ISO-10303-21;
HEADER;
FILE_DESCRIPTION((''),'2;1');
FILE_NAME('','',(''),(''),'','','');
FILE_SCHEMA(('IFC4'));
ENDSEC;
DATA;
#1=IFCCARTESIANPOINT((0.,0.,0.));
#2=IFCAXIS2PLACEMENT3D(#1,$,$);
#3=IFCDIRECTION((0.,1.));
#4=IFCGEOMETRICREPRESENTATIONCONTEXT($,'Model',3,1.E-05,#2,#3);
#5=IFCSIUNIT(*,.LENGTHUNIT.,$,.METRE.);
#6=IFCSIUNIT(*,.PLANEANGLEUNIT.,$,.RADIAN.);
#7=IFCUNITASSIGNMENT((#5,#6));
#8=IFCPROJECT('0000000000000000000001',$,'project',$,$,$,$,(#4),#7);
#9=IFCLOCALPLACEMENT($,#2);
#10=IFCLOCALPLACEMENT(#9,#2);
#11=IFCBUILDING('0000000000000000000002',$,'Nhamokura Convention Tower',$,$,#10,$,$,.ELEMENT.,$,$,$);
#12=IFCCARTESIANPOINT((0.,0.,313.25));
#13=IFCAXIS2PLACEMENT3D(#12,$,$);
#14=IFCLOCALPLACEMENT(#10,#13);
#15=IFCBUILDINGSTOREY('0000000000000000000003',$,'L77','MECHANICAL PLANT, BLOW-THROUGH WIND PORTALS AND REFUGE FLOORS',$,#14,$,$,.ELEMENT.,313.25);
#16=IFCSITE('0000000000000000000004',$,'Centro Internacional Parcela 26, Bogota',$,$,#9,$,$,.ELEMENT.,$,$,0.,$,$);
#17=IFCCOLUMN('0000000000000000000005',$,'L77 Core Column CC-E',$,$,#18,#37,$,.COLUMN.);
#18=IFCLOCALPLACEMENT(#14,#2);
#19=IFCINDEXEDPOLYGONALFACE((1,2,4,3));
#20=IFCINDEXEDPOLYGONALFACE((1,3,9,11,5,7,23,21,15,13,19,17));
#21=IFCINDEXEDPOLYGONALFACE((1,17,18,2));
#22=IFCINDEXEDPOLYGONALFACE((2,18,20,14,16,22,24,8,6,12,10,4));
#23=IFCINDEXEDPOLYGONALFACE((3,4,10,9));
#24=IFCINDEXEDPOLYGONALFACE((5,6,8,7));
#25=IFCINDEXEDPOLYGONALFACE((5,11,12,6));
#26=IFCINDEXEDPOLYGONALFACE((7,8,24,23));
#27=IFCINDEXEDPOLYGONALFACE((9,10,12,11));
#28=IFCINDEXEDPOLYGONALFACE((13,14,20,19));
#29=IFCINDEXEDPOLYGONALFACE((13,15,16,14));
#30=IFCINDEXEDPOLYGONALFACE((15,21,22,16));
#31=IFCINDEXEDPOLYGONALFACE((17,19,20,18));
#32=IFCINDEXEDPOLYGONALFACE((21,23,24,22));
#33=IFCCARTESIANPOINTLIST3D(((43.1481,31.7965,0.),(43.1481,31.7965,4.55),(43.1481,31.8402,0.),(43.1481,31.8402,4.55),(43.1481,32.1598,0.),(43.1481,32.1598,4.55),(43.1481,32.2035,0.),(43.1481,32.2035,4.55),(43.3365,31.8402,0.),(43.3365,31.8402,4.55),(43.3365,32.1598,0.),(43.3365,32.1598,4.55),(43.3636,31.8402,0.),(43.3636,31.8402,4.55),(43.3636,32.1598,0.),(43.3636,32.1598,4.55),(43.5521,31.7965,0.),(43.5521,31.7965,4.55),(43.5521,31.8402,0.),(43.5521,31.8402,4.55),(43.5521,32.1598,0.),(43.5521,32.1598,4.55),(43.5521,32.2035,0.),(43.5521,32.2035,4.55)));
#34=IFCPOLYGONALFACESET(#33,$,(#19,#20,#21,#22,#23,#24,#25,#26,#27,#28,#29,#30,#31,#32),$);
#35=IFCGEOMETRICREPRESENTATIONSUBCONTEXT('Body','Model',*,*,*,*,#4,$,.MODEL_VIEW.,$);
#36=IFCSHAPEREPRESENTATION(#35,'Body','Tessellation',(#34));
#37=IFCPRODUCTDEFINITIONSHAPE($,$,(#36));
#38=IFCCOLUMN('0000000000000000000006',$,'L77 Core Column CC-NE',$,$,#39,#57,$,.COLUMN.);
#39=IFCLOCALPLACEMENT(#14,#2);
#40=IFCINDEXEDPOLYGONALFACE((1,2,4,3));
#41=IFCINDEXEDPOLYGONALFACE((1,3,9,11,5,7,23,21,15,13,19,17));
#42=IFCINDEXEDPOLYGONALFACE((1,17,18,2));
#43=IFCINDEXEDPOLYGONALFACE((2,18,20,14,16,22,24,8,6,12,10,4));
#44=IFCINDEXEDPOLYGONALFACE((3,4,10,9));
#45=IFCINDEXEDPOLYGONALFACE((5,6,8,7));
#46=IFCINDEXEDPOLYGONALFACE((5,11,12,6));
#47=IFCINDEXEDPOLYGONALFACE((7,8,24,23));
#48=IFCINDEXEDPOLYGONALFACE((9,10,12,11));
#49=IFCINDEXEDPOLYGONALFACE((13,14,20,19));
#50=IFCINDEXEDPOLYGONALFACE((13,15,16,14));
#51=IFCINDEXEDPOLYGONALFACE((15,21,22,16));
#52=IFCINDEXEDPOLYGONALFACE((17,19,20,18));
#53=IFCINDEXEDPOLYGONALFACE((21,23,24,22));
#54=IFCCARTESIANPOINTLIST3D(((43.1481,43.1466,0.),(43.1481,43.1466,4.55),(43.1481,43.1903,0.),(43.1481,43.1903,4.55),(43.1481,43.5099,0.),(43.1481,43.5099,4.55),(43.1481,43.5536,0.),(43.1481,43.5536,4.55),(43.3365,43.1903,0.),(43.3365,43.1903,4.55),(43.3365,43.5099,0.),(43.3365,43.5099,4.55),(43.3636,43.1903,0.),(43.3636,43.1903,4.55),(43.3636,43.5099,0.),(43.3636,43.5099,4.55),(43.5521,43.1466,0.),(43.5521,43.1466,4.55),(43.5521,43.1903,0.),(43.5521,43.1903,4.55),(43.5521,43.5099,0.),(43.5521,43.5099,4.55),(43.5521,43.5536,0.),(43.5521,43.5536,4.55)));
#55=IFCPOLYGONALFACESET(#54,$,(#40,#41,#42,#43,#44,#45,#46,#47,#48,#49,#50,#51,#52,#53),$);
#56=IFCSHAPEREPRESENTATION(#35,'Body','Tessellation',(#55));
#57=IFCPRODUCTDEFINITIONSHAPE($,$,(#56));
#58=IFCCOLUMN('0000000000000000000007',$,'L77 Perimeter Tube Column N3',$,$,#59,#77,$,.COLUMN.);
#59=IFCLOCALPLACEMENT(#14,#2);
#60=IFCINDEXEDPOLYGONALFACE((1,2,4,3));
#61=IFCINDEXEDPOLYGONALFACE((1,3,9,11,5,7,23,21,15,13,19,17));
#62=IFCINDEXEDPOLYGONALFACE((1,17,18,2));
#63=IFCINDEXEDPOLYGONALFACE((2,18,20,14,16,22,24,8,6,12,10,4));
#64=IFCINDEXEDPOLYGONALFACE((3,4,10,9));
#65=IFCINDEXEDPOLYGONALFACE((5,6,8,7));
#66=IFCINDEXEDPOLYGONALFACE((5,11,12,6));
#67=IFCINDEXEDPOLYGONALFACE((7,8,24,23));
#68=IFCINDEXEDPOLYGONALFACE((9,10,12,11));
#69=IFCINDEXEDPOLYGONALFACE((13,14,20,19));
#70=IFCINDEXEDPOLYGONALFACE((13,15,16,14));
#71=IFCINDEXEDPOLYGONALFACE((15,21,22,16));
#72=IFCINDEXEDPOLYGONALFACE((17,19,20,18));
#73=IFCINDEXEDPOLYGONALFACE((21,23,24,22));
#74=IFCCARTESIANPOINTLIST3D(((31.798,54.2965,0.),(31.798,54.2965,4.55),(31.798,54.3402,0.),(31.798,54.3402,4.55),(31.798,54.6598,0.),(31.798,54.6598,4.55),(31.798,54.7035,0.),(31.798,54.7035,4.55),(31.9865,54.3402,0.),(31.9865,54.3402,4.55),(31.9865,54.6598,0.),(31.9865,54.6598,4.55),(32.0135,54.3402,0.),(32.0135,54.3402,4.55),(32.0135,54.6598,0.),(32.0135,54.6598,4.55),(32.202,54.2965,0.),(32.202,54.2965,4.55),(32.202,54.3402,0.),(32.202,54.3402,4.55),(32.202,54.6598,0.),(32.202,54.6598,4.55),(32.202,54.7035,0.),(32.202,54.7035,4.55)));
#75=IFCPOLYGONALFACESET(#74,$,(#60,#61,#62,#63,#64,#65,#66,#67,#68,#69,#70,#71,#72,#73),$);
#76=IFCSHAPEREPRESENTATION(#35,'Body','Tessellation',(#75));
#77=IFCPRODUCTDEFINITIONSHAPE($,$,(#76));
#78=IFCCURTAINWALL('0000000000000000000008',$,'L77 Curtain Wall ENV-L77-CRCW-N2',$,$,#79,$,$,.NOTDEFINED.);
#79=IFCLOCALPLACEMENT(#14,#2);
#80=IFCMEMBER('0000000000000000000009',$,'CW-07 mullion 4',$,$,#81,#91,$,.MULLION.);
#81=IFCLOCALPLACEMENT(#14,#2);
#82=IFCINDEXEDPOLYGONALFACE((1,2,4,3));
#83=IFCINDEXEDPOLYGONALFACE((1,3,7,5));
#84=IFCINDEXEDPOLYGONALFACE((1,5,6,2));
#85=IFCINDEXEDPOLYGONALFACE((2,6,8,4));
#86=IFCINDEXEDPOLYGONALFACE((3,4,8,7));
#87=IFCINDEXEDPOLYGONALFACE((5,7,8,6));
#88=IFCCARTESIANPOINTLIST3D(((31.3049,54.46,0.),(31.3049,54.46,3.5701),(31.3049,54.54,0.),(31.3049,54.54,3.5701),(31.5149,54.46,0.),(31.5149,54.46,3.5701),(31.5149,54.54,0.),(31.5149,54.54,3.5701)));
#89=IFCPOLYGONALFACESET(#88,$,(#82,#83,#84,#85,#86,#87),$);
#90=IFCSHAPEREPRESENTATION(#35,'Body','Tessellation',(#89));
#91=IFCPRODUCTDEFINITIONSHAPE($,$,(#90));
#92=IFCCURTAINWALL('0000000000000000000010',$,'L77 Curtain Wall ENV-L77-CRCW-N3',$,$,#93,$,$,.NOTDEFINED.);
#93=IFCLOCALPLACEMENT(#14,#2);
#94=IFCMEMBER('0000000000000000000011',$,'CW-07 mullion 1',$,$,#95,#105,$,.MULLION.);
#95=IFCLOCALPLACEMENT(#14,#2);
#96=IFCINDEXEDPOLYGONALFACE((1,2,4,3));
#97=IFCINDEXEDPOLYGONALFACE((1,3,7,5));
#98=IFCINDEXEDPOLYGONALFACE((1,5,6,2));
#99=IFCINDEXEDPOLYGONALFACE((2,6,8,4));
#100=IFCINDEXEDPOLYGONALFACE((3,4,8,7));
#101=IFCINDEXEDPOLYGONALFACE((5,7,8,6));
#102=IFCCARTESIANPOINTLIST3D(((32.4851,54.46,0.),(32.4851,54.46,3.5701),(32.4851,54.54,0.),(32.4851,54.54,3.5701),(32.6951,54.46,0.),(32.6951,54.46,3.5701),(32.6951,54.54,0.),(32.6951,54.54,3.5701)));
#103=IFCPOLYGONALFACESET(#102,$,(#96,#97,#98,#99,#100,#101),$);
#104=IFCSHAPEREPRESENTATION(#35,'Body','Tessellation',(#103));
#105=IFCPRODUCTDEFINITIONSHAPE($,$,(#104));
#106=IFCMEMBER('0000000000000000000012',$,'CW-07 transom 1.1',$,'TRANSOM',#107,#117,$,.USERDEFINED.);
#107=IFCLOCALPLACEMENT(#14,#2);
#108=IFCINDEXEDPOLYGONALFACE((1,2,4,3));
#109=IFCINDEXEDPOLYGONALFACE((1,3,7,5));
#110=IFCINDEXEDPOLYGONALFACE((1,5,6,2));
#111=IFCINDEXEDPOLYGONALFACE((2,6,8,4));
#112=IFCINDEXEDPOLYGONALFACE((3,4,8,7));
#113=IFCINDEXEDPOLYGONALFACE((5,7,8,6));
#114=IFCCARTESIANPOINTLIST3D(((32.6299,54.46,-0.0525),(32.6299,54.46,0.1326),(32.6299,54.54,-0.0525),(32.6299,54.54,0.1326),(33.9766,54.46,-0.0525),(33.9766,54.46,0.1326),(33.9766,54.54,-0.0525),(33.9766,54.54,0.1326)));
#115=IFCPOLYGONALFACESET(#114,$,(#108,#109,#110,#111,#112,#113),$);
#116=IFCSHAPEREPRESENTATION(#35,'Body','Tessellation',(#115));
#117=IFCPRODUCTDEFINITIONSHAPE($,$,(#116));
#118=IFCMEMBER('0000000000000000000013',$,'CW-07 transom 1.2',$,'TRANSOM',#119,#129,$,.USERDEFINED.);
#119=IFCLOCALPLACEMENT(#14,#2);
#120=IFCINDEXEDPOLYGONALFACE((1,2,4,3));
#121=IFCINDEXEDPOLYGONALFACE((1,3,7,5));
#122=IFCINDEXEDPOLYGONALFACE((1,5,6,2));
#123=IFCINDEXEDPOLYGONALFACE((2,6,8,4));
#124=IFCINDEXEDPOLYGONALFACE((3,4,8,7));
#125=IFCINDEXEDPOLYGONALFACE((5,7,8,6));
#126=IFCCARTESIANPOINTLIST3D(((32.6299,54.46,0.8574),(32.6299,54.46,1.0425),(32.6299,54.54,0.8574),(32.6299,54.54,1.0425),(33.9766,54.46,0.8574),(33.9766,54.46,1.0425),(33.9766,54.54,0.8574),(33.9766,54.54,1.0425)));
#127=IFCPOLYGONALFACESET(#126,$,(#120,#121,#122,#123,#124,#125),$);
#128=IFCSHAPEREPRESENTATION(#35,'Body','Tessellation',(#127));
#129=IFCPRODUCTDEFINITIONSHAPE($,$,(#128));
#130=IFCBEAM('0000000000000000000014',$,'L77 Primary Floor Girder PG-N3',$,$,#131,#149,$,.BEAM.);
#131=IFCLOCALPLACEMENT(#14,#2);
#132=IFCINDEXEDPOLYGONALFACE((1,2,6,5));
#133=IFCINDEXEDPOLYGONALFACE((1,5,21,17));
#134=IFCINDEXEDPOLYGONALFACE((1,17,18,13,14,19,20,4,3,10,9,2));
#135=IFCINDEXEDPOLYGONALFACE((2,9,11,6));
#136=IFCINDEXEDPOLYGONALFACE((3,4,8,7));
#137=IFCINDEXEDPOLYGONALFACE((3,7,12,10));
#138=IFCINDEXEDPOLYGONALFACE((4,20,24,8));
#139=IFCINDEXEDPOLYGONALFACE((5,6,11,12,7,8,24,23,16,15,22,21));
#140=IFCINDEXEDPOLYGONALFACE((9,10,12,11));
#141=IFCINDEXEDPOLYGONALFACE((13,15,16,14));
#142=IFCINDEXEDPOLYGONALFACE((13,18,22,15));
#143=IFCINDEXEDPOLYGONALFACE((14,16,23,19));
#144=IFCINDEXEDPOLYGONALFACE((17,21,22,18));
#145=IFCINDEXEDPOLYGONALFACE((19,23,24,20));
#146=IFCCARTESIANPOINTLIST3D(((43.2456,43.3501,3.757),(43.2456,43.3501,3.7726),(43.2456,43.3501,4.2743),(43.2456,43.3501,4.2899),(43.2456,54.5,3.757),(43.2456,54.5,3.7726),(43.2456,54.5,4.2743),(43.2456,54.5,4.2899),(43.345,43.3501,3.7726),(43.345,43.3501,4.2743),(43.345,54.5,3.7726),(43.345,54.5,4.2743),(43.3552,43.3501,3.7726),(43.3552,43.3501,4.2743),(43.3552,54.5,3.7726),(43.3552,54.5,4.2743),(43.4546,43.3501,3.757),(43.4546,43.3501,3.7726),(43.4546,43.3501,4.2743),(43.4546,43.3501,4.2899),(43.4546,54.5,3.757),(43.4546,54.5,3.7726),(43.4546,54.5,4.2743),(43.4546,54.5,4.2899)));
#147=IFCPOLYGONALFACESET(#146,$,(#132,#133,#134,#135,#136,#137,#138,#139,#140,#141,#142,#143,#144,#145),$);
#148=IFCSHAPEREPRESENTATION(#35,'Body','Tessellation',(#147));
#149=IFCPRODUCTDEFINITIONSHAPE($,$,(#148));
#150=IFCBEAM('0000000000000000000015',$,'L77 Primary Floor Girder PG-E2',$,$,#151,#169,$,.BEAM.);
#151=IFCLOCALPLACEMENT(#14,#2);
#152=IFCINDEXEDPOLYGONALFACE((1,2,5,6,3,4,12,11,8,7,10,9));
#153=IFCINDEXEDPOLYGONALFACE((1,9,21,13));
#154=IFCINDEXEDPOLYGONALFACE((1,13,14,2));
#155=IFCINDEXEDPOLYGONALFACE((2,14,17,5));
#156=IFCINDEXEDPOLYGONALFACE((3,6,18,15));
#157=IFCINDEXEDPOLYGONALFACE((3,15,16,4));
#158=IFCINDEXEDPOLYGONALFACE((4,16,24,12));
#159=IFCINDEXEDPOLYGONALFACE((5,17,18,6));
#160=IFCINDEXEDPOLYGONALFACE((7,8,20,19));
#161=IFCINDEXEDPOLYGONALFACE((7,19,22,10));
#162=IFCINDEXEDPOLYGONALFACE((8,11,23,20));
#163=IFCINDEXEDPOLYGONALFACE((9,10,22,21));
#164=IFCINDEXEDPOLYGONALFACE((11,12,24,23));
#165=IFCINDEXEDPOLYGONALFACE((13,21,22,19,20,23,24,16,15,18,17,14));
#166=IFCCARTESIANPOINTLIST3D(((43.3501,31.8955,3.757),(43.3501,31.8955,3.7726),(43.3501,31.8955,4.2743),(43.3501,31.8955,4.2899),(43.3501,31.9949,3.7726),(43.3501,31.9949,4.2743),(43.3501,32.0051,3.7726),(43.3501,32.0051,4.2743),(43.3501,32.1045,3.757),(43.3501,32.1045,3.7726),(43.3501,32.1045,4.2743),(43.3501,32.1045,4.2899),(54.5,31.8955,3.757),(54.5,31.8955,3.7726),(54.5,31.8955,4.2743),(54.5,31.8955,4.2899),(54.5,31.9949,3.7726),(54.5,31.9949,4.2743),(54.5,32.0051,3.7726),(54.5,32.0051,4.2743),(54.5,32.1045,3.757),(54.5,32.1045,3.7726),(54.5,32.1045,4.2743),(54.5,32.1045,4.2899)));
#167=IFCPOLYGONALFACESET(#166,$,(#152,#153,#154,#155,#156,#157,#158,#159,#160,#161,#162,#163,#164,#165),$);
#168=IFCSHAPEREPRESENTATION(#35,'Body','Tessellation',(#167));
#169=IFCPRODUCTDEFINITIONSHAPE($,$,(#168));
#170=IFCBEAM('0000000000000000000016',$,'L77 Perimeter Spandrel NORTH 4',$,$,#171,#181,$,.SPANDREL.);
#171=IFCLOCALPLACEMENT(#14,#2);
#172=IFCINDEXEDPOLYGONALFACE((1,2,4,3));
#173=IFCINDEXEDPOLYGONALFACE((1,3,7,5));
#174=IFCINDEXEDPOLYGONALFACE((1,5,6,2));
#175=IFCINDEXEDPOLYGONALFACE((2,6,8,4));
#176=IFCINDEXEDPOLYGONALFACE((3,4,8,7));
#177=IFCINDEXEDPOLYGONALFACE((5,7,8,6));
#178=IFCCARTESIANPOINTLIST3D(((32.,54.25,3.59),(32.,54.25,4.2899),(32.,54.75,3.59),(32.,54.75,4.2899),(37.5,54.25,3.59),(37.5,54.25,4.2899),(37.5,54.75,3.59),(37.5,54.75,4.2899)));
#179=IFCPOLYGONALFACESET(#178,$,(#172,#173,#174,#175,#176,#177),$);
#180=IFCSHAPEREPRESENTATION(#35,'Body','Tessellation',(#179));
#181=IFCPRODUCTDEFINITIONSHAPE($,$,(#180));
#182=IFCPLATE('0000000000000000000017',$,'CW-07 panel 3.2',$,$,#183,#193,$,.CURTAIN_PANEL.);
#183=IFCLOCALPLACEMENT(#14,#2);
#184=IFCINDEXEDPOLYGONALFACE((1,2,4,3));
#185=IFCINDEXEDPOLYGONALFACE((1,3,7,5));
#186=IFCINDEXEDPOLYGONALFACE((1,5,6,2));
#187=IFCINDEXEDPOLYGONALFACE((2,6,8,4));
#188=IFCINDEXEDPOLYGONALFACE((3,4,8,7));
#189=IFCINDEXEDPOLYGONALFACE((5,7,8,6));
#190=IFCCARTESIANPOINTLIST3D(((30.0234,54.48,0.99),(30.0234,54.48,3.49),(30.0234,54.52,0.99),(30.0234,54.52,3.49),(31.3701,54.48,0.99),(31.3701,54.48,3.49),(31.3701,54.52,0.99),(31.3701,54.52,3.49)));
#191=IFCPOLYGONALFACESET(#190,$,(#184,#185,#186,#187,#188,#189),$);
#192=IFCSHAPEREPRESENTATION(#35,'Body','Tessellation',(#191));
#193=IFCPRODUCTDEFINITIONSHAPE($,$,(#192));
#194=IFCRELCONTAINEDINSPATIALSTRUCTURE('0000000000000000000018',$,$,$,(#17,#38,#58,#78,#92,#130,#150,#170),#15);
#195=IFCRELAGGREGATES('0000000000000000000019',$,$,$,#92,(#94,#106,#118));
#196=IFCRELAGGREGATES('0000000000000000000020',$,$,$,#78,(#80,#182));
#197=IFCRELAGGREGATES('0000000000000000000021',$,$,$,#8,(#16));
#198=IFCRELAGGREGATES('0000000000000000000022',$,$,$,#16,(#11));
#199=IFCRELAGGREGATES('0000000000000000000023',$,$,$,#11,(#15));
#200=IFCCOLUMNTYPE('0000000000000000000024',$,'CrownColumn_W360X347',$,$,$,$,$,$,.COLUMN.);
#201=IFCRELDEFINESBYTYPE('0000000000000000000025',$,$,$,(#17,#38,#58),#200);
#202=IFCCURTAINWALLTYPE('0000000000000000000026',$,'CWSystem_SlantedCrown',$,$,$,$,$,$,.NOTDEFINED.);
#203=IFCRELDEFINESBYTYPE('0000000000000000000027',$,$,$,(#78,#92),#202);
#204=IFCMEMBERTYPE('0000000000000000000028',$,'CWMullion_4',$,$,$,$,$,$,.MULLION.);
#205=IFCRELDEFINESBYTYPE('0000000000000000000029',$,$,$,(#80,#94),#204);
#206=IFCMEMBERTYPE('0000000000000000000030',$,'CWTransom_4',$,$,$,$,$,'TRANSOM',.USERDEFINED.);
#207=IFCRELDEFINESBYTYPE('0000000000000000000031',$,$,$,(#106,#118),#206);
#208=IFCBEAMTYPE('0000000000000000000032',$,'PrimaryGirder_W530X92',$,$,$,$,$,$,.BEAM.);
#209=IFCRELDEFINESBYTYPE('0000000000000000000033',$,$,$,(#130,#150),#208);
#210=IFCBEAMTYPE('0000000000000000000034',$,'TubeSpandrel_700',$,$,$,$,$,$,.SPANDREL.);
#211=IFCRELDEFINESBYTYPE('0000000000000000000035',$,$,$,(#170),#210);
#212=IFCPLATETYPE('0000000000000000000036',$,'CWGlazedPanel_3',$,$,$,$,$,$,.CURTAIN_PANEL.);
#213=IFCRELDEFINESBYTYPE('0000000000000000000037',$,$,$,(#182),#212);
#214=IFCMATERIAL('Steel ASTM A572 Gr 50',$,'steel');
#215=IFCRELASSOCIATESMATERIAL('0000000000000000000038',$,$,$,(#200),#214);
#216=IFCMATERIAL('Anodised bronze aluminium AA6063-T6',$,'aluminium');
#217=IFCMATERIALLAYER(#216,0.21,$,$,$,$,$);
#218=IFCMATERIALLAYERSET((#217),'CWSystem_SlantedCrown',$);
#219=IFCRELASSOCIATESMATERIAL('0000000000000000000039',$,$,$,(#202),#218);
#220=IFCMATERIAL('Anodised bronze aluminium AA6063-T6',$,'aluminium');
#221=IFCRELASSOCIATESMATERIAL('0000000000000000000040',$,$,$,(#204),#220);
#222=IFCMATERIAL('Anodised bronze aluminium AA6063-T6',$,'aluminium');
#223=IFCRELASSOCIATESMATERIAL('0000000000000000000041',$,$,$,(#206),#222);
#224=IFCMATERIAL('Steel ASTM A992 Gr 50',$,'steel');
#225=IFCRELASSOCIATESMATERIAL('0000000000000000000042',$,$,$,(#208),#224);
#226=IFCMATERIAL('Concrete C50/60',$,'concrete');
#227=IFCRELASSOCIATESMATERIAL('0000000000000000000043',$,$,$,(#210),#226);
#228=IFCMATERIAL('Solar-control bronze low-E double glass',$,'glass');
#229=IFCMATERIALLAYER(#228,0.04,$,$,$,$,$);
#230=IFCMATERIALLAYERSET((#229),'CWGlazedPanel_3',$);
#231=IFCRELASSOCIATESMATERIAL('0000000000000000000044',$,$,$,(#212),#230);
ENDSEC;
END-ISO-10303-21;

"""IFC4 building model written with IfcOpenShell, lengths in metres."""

from ifc_helpers import new_model, si_unit, direction, frame, origin, origin_2d, place, context, subcontext, project, spatial, rectangle, i_section, extrude, material, layer, layer_set, material_profile, profile_set, type_object, element, aggregate, save


model = new_model("IFC4")

# Units and contexts
model_context = context("Model", 3, precision=1e-05, world=origin(), true_north=direction((0.0, 1.0)))
body_context = subcontext(model_context, "Body", "Model", "MODEL_VIEW")
ifc_project = project(units=[si_unit("LENGTHUNIT", "METRE"), si_unit("PLANEANGLEUNIT", "RADIAN")], contexts=[model_context])

# Site, building, storey
site_placement = place(None, origin())
site = spatial("IfcSite", under=ifc_project, at=site_placement, Name="Centro Internacional Parcela 26, Bogota", CompositionType="ELEMENT", RefElevation=0.0)
building_placement = place(site_placement, origin())
building = spatial("IfcBuilding", under=site, at=building_placement, Name="Nhamokura Convention Tower", CompositionType="ELEMENT")
storey_placement = place(building_placement, frame((0.0, 0.0, 313.25)))
storey = spatial("IfcBuildingStorey", under=building, at=storey_placement, Name="L77", Description="MECHANICAL PLANT, BLOW-THROUGH WIND PORTALS AND REFUGE FLOORS", CompositionType="ELEMENT", Elevation=313.25)

# Columns
ifc_material_1 = material(Name="Steel ASTM A572 Gr 50", Category="steel")
ifc_material_profile_1 = material_profile(ifc_material_1, i_section(OverallWidth=0.4041, OverallDepth=0.407, WebThickness=0.0271, FlangeThickness=0.0437, at=origin_2d()))
ifc_profile_set_1 = profile_set([ifc_material_profile_1], Name="Steel ASTM A572 Gr 50")
column_type = type_object("IfcColumnType", Name="CrownColumn_W360X347", PredefinedType="COLUMN", material=ifc_profile_set_1)
for number, where, z_axis, x_axis, name in (
    (1, (43.3501, 32.0, 0.0), (0.0, 0.0, 1.0), (1.0, 0.0, 0.0), "L77 Core Column CC-E"),
    (2, (43.3501, 43.3501, 0.0), (0.0, 0.0, 1.0), (1.0, 0.0, 0.0), "L77 Core Column CC-NE"),
    (3, (32.0, 54.5, 0.0), (0.0, 0.0, 1.0), (1.0, 0.0, 0.0), "L77 Perimeter Tube Column N3"),
):
    element("IfcColumn", number, at=place(storey_placement, frame(where, z_axis=z_axis, x_axis=x_axis)), inside=storey, type_object=column_type, Name=name, PredefinedType="COLUMN", context=body_context, shape_type="SweptSolid", body=[
        extrude(i_section(OverallWidth=0.4041, OverallDepth=0.407, WebThickness=0.0271, FlangeThickness=0.0437, at=origin_2d()), origin(), (0.0, 0.0, 1.0), 4.55),
    ])

# Curtain wall, member
ifc_material_2 = material(Name="Anodised bronze aluminium AA6063-T6", Category="aluminium")
ifc_layer_1 = layer(ifc_material_2, 0.21)
ifc_layer_set_1 = layer_set([ifc_layer_1], Name="CWSystem_SlantedCrown")
curtain_wall_type = type_object("IfcCurtainWallType", Name="CWSystem_SlantedCrown", PredefinedType="NOTDEFINED", material=ifc_layer_set_1)
curtain_wall_1_placement = place(storey_placement, origin())
curtain_wall_1 = element("IfcCurtainWall", 4, at=curtain_wall_1_placement, inside=storey, type_object=curtain_wall_type, Name="L77 Curtain Wall ENV-L77-CRCW-N2", PredefinedType="NOTDEFINED")
ifc_material_3 = material(Name="Anodised bronze aluminium AA6063-T6", Category="aluminium")
ifc_material_profile_2 = material_profile(ifc_material_3, rectangle(XDim=0.0801, YDim=0.21, at=origin_2d()))
ifc_profile_set_2 = profile_set([ifc_material_profile_2], Name="Anodised bronze aluminium AA6063-T6")
member_type_1 = type_object("IfcMemberType", Name="CWMullion_4", PredefinedType="MULLION", material=ifc_profile_set_2)
member_1_placement = place(storey_placement, frame((31.4099, 54.5, 0.0), z_axis=(0.0, 0.0, 1.0), x_axis=(0.0, 1.0, 0.0)))
member_1 = element("IfcMember", 5, at=member_1_placement, type_object=member_type_1, Name="CW-07 mullion 4", PredefinedType="MULLION", context=body_context, shape_type="SweptSolid", body=[
    extrude(rectangle(XDim=0.0801, YDim=0.21, at=origin_2d()), origin(), (0.0, 0.0, 1.0), 3.5701),
])

# Curtain wall, members
curtain_wall_2_placement = place(storey_placement, origin())
curtain_wall_2 = element("IfcCurtainWall", 6, at=curtain_wall_2_placement, inside=storey, type_object=curtain_wall_type, Name="L77 Curtain Wall ENV-L77-CRCW-N3", PredefinedType="NOTDEFINED")
member_2_placement = place(storey_placement, frame((32.5901, 54.5, 0.0), z_axis=(0.0, 0.0, 1.0), x_axis=(0.0, 1.0, 0.0)))
member_2 = element("IfcMember", 7, at=member_2_placement, type_object=member_type_1, Name="CW-07 mullion 1", PredefinedType="MULLION", context=body_context, shape_type="SweptSolid", body=[
    extrude(rectangle(XDim=0.0801, YDim=0.21, at=origin_2d()), origin(), (0.0, 0.0, 1.0), 3.5701),
])
ifc_material_4 = material(Name="Anodised bronze aluminium AA6063-T6", Category="aluminium")
ifc_material_profile_3 = material_profile(ifc_material_4, rectangle(XDim=0.0801, YDim=0.1851, at=origin_2d()))
ifc_profile_set_3 = profile_set([ifc_material_profile_3], Name="Anodised bronze aluminium AA6063-T6")
member_type_2 = type_object("IfcMemberType", Name="CWTransom_4", ElementType="TRANSOM", PredefinedType="USERDEFINED", material=ifc_profile_set_3)
member_3_placement = place(storey_placement, frame((32.6299, 54.5, 0.04), z_axis=(1.0, 0.0, 0.0), x_axis=(0.0, 1.0, 0.0)))
member_3 = element("IfcMember", 8, at=member_3_placement, type_object=member_type_2, Name="CW-07 transom 1.1", ObjectType="TRANSOM", PredefinedType="USERDEFINED", context=body_context, shape_type="SweptSolid", body=[
    extrude(rectangle(XDim=0.0801, YDim=0.1851, at=origin_2d()), origin(), (0.0, 0.0, 1.0), 1.3467),
])
member_4_placement = place(storey_placement, frame((32.6299, 54.5, 0.95), z_axis=(1.0, 0.0, 0.0), x_axis=(0.0, 1.0, 0.0)))
member_4 = element("IfcMember", 9, at=member_4_placement, type_object=member_type_2, Name="CW-07 transom 1.2", ObjectType="TRANSOM", PredefinedType="USERDEFINED", context=body_context, shape_type="SweptSolid", body=[
    extrude(rectangle(XDim=0.0801, YDim=0.1851, at=origin_2d()), origin(), (0.0, 0.0, 1.0), 1.3467),
])
aggregate(curtain_wall_2, [member_2, member_3, member_4])

# Beams
ifc_material_5 = material(Name="Steel ASTM A992 Gr 50", Category="steel")
ifc_material_profile_4 = material_profile(ifc_material_5, i_section(OverallWidth=0.209, OverallDepth=0.533, WebThickness=0.0103, FlangeThickness=0.0156, at=origin_2d()))
ifc_profile_set_4 = profile_set([ifc_material_profile_4], Name="Steel ASTM A992 Gr 50")
beam_type_1 = type_object("IfcBeamType", Name="PrimaryGirder_W530X92", PredefinedType="BEAM", material=ifc_profile_set_4)
for number, where, z_axis, x_axis, name in (
    (10, (43.3501, 43.3501, 4.0234), (0.0, 1.0, 0.0), (-1.0, 0.0, 0.0), "L77 Primary Floor Girder PG-N3"),
    (11, (43.3501, 32.0, 4.0234), (1.0, 0.0, 0.0), (0.0, 1.0, 0.0), "L77 Primary Floor Girder PG-E2"),
):
    element("IfcBeam", number, at=place(storey_placement, frame(where, z_axis=z_axis, x_axis=x_axis)), inside=storey, type_object=beam_type_1, Name=name, PredefinedType="BEAM", context=body_context, shape_type="SweptSolid", body=[
        extrude(i_section(OverallWidth=0.209, OverallDepth=0.533, WebThickness=0.0103, FlangeThickness=0.0156, at=origin_2d()), origin(), (0.0, 0.0, 1.0), 11.1499),
    ])
ifc_material_6 = material(Name="Concrete C50/60", Category="concrete")
ifc_material_profile_5 = material_profile(ifc_material_6, rectangle(XDim=0.5, YDim=0.7, at=origin_2d()))
ifc_profile_set_5 = profile_set([ifc_material_profile_5], Name="Concrete C50/60")
beam_type_2 = type_object("IfcBeamType", Name="TubeSpandrel_700", PredefinedType="SPANDREL", material=ifc_profile_set_5)
beam_placement = place(storey_placement, frame((32.0, 54.5, 3.9399), z_axis=(1.0, 0.0, 0.0), x_axis=(0.0, 1.0, 0.0)))
element("IfcBeam", 12, at=beam_placement, inside=storey, type_object=beam_type_2, Name="L77 Perimeter Spandrel NORTH 4", PredefinedType="SPANDREL", context=body_context, shape_type="SweptSolid", body=[
    extrude(rectangle(XDim=0.5, YDim=0.7, at=origin_2d()), origin(), (0.0, 0.0, 1.0), 5.5),
])

# Plate
ifc_material_7 = material(Name="Solar-control bronze low-E double glass", Category="glass")
ifc_layer_2 = layer(ifc_material_7, 0.04)
ifc_layer_set_2 = layer_set([ifc_layer_2], Name="CWGlazedPanel_3")
plate_type = type_object("IfcPlateType", Name="CWGlazedPanel_3", PredefinedType="CURTAIN_PANEL", material=ifc_layer_set_2)
plate_placement = place(storey_placement, frame((30.6968, 54.5, 0.99), z_axis=(0.0, 0.0, 1.0), x_axis=(1.0, 0.0, 0.0)))
plate = element("IfcPlate", 13, at=plate_placement, type_object=plate_type, Name="CW-07 panel 3.2", PredefinedType="CURTAIN_PANEL", context=body_context, shape_type="SweptSolid", body=[
    extrude(rectangle(XDim=1.3467, YDim=0.04, at=origin_2d()), origin(), (0.0, 0.0, 1.0), 2.5),
])
aggregate(curtain_wall_1, [member_1, plate])

save(model, "model.ifc")
